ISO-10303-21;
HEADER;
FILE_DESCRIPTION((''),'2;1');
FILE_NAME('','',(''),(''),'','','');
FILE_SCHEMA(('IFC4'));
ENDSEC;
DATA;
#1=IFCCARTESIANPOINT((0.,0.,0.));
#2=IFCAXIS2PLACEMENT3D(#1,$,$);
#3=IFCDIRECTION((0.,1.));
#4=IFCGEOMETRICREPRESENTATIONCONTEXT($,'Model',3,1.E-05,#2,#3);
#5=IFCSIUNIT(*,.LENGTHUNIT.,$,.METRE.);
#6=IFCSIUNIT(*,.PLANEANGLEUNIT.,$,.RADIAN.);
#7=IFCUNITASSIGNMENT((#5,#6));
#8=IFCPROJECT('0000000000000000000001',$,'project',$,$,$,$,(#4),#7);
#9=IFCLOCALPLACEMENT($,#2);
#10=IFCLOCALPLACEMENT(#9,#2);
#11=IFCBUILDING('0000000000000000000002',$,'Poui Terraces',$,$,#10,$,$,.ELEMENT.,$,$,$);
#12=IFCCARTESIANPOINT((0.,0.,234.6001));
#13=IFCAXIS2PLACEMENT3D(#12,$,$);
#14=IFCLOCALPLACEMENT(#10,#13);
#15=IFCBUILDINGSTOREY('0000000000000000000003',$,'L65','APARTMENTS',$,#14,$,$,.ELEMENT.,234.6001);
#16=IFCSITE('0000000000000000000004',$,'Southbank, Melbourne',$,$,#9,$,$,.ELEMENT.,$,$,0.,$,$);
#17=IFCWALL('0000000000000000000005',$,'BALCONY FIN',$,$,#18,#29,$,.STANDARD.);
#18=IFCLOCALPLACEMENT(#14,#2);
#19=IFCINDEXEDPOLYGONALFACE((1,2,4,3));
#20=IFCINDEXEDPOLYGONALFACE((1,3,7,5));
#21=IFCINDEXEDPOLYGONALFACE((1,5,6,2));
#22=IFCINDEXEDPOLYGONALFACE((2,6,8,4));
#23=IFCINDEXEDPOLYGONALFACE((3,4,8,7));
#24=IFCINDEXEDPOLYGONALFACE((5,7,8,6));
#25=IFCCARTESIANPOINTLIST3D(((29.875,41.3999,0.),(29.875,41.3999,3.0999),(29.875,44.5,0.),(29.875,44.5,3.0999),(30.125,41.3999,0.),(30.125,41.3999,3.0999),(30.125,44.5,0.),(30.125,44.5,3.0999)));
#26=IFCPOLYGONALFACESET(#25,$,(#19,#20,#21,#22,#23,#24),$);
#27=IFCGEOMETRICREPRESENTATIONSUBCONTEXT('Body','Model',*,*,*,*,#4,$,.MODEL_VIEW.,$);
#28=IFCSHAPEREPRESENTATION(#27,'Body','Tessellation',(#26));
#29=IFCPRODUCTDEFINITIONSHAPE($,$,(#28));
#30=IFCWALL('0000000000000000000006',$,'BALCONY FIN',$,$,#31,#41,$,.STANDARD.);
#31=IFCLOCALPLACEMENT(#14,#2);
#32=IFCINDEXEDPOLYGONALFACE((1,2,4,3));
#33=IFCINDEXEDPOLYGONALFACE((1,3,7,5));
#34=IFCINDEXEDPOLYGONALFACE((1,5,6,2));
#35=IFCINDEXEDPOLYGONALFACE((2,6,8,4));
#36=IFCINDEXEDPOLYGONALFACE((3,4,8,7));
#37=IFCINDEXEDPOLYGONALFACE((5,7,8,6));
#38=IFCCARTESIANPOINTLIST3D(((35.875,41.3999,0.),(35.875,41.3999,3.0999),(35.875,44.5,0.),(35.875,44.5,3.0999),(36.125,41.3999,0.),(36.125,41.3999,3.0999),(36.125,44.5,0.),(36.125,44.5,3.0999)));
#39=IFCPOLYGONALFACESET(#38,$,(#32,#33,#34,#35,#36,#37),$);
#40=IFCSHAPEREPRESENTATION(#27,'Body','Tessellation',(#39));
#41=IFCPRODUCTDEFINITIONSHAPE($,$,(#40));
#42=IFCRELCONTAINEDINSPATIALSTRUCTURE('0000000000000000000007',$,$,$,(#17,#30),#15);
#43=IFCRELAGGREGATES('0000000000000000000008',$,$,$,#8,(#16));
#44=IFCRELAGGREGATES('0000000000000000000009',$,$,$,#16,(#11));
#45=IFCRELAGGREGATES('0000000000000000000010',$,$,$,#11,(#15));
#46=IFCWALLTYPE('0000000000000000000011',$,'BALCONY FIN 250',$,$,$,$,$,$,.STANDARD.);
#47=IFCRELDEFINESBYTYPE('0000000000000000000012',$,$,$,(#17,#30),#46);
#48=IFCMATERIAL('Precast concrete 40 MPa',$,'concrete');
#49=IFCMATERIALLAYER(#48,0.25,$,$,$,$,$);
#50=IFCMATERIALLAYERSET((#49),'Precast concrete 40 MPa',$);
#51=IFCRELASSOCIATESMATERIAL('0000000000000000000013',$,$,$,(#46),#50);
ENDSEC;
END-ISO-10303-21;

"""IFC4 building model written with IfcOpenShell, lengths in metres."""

from ifc_helpers import new_model, si_unit, direction, frame, origin, place, context, subcontext, project, spatial, polyline, outline, extrude, source, transform, mapped, material, layer, layer_set, type_object, element, save


model = new_model("IFC4")

# Units and contexts
model_context = context("Model", 3, precision=1e-05, world=origin(), true_north=direction((0.0, 1.0)))
body_context = subcontext(model_context, "Body", "Model", "MODEL_VIEW")
ifc_project = project(units=[si_unit("LENGTHUNIT", "METRE"), si_unit("PLANEANGLEUNIT", "RADIAN")], contexts=[model_context])

# Site, building, storey
site_placement = place(None, origin())
site = spatial("IfcSite", under=ifc_project, at=site_placement, Name="Southbank, Melbourne", CompositionType="ELEMENT", RefElevation=0.0)
building_placement = place(site_placement, origin())
building = spatial("IfcBuilding", under=site, at=building_placement, Name="Poui Terraces", CompositionType="ELEMENT")
storey_placement = place(building_placement, frame((0.0, 0.0, 234.6001)))
storey = spatial("IfcBuildingStorey", under=building, at=storey_placement, Name="L65", Description="APARTMENTS", CompositionType="ELEMENT", Elevation=234.6001)

# Walls
ifc_material_1 = material(Name="Precast concrete 40 MPa", Category="concrete")
ifc_layer_1 = layer(ifc_material_1, 0.25)
ifc_layer_set_1 = layer_set([ifc_layer_1], Name="Precast concrete 40 MPa")
wall_type_1 = type_object("IfcWallType", Name="BALCONY FIN 250", PredefinedType="STANDARD", material=ifc_layer_set_1)
shared_shape_1 = source(origin(), body_context, "Body", "SweptSolid", [
    extrude(outline(polyline([(0.0, 0.0), (0.25, 0.0), (0.25, 3.1001), (0.0, 3.1001), (0.0, 0.0)])), origin(), (0.0, 0.0, 1.0), 3.0999),
])
for number, where, name in (
    (1, (29.875, 41.3999, 0.0), "BALCONY FIN"),
    (2, (35.875, 41.3999, 0.0), "BALCONY FIN"),
):
    element("IfcWall", number, at=place(storey_placement, frame(where)), inside=storey, type_object=wall_type_1, Name=name, PredefinedType="STANDARD", context=body_context, shape_type="MappedRepresentation", body=[
        mapped(shared_shape_1, transform((0.0, 0.0, 0.0))),
    ])

save(model, "model.ifc")
